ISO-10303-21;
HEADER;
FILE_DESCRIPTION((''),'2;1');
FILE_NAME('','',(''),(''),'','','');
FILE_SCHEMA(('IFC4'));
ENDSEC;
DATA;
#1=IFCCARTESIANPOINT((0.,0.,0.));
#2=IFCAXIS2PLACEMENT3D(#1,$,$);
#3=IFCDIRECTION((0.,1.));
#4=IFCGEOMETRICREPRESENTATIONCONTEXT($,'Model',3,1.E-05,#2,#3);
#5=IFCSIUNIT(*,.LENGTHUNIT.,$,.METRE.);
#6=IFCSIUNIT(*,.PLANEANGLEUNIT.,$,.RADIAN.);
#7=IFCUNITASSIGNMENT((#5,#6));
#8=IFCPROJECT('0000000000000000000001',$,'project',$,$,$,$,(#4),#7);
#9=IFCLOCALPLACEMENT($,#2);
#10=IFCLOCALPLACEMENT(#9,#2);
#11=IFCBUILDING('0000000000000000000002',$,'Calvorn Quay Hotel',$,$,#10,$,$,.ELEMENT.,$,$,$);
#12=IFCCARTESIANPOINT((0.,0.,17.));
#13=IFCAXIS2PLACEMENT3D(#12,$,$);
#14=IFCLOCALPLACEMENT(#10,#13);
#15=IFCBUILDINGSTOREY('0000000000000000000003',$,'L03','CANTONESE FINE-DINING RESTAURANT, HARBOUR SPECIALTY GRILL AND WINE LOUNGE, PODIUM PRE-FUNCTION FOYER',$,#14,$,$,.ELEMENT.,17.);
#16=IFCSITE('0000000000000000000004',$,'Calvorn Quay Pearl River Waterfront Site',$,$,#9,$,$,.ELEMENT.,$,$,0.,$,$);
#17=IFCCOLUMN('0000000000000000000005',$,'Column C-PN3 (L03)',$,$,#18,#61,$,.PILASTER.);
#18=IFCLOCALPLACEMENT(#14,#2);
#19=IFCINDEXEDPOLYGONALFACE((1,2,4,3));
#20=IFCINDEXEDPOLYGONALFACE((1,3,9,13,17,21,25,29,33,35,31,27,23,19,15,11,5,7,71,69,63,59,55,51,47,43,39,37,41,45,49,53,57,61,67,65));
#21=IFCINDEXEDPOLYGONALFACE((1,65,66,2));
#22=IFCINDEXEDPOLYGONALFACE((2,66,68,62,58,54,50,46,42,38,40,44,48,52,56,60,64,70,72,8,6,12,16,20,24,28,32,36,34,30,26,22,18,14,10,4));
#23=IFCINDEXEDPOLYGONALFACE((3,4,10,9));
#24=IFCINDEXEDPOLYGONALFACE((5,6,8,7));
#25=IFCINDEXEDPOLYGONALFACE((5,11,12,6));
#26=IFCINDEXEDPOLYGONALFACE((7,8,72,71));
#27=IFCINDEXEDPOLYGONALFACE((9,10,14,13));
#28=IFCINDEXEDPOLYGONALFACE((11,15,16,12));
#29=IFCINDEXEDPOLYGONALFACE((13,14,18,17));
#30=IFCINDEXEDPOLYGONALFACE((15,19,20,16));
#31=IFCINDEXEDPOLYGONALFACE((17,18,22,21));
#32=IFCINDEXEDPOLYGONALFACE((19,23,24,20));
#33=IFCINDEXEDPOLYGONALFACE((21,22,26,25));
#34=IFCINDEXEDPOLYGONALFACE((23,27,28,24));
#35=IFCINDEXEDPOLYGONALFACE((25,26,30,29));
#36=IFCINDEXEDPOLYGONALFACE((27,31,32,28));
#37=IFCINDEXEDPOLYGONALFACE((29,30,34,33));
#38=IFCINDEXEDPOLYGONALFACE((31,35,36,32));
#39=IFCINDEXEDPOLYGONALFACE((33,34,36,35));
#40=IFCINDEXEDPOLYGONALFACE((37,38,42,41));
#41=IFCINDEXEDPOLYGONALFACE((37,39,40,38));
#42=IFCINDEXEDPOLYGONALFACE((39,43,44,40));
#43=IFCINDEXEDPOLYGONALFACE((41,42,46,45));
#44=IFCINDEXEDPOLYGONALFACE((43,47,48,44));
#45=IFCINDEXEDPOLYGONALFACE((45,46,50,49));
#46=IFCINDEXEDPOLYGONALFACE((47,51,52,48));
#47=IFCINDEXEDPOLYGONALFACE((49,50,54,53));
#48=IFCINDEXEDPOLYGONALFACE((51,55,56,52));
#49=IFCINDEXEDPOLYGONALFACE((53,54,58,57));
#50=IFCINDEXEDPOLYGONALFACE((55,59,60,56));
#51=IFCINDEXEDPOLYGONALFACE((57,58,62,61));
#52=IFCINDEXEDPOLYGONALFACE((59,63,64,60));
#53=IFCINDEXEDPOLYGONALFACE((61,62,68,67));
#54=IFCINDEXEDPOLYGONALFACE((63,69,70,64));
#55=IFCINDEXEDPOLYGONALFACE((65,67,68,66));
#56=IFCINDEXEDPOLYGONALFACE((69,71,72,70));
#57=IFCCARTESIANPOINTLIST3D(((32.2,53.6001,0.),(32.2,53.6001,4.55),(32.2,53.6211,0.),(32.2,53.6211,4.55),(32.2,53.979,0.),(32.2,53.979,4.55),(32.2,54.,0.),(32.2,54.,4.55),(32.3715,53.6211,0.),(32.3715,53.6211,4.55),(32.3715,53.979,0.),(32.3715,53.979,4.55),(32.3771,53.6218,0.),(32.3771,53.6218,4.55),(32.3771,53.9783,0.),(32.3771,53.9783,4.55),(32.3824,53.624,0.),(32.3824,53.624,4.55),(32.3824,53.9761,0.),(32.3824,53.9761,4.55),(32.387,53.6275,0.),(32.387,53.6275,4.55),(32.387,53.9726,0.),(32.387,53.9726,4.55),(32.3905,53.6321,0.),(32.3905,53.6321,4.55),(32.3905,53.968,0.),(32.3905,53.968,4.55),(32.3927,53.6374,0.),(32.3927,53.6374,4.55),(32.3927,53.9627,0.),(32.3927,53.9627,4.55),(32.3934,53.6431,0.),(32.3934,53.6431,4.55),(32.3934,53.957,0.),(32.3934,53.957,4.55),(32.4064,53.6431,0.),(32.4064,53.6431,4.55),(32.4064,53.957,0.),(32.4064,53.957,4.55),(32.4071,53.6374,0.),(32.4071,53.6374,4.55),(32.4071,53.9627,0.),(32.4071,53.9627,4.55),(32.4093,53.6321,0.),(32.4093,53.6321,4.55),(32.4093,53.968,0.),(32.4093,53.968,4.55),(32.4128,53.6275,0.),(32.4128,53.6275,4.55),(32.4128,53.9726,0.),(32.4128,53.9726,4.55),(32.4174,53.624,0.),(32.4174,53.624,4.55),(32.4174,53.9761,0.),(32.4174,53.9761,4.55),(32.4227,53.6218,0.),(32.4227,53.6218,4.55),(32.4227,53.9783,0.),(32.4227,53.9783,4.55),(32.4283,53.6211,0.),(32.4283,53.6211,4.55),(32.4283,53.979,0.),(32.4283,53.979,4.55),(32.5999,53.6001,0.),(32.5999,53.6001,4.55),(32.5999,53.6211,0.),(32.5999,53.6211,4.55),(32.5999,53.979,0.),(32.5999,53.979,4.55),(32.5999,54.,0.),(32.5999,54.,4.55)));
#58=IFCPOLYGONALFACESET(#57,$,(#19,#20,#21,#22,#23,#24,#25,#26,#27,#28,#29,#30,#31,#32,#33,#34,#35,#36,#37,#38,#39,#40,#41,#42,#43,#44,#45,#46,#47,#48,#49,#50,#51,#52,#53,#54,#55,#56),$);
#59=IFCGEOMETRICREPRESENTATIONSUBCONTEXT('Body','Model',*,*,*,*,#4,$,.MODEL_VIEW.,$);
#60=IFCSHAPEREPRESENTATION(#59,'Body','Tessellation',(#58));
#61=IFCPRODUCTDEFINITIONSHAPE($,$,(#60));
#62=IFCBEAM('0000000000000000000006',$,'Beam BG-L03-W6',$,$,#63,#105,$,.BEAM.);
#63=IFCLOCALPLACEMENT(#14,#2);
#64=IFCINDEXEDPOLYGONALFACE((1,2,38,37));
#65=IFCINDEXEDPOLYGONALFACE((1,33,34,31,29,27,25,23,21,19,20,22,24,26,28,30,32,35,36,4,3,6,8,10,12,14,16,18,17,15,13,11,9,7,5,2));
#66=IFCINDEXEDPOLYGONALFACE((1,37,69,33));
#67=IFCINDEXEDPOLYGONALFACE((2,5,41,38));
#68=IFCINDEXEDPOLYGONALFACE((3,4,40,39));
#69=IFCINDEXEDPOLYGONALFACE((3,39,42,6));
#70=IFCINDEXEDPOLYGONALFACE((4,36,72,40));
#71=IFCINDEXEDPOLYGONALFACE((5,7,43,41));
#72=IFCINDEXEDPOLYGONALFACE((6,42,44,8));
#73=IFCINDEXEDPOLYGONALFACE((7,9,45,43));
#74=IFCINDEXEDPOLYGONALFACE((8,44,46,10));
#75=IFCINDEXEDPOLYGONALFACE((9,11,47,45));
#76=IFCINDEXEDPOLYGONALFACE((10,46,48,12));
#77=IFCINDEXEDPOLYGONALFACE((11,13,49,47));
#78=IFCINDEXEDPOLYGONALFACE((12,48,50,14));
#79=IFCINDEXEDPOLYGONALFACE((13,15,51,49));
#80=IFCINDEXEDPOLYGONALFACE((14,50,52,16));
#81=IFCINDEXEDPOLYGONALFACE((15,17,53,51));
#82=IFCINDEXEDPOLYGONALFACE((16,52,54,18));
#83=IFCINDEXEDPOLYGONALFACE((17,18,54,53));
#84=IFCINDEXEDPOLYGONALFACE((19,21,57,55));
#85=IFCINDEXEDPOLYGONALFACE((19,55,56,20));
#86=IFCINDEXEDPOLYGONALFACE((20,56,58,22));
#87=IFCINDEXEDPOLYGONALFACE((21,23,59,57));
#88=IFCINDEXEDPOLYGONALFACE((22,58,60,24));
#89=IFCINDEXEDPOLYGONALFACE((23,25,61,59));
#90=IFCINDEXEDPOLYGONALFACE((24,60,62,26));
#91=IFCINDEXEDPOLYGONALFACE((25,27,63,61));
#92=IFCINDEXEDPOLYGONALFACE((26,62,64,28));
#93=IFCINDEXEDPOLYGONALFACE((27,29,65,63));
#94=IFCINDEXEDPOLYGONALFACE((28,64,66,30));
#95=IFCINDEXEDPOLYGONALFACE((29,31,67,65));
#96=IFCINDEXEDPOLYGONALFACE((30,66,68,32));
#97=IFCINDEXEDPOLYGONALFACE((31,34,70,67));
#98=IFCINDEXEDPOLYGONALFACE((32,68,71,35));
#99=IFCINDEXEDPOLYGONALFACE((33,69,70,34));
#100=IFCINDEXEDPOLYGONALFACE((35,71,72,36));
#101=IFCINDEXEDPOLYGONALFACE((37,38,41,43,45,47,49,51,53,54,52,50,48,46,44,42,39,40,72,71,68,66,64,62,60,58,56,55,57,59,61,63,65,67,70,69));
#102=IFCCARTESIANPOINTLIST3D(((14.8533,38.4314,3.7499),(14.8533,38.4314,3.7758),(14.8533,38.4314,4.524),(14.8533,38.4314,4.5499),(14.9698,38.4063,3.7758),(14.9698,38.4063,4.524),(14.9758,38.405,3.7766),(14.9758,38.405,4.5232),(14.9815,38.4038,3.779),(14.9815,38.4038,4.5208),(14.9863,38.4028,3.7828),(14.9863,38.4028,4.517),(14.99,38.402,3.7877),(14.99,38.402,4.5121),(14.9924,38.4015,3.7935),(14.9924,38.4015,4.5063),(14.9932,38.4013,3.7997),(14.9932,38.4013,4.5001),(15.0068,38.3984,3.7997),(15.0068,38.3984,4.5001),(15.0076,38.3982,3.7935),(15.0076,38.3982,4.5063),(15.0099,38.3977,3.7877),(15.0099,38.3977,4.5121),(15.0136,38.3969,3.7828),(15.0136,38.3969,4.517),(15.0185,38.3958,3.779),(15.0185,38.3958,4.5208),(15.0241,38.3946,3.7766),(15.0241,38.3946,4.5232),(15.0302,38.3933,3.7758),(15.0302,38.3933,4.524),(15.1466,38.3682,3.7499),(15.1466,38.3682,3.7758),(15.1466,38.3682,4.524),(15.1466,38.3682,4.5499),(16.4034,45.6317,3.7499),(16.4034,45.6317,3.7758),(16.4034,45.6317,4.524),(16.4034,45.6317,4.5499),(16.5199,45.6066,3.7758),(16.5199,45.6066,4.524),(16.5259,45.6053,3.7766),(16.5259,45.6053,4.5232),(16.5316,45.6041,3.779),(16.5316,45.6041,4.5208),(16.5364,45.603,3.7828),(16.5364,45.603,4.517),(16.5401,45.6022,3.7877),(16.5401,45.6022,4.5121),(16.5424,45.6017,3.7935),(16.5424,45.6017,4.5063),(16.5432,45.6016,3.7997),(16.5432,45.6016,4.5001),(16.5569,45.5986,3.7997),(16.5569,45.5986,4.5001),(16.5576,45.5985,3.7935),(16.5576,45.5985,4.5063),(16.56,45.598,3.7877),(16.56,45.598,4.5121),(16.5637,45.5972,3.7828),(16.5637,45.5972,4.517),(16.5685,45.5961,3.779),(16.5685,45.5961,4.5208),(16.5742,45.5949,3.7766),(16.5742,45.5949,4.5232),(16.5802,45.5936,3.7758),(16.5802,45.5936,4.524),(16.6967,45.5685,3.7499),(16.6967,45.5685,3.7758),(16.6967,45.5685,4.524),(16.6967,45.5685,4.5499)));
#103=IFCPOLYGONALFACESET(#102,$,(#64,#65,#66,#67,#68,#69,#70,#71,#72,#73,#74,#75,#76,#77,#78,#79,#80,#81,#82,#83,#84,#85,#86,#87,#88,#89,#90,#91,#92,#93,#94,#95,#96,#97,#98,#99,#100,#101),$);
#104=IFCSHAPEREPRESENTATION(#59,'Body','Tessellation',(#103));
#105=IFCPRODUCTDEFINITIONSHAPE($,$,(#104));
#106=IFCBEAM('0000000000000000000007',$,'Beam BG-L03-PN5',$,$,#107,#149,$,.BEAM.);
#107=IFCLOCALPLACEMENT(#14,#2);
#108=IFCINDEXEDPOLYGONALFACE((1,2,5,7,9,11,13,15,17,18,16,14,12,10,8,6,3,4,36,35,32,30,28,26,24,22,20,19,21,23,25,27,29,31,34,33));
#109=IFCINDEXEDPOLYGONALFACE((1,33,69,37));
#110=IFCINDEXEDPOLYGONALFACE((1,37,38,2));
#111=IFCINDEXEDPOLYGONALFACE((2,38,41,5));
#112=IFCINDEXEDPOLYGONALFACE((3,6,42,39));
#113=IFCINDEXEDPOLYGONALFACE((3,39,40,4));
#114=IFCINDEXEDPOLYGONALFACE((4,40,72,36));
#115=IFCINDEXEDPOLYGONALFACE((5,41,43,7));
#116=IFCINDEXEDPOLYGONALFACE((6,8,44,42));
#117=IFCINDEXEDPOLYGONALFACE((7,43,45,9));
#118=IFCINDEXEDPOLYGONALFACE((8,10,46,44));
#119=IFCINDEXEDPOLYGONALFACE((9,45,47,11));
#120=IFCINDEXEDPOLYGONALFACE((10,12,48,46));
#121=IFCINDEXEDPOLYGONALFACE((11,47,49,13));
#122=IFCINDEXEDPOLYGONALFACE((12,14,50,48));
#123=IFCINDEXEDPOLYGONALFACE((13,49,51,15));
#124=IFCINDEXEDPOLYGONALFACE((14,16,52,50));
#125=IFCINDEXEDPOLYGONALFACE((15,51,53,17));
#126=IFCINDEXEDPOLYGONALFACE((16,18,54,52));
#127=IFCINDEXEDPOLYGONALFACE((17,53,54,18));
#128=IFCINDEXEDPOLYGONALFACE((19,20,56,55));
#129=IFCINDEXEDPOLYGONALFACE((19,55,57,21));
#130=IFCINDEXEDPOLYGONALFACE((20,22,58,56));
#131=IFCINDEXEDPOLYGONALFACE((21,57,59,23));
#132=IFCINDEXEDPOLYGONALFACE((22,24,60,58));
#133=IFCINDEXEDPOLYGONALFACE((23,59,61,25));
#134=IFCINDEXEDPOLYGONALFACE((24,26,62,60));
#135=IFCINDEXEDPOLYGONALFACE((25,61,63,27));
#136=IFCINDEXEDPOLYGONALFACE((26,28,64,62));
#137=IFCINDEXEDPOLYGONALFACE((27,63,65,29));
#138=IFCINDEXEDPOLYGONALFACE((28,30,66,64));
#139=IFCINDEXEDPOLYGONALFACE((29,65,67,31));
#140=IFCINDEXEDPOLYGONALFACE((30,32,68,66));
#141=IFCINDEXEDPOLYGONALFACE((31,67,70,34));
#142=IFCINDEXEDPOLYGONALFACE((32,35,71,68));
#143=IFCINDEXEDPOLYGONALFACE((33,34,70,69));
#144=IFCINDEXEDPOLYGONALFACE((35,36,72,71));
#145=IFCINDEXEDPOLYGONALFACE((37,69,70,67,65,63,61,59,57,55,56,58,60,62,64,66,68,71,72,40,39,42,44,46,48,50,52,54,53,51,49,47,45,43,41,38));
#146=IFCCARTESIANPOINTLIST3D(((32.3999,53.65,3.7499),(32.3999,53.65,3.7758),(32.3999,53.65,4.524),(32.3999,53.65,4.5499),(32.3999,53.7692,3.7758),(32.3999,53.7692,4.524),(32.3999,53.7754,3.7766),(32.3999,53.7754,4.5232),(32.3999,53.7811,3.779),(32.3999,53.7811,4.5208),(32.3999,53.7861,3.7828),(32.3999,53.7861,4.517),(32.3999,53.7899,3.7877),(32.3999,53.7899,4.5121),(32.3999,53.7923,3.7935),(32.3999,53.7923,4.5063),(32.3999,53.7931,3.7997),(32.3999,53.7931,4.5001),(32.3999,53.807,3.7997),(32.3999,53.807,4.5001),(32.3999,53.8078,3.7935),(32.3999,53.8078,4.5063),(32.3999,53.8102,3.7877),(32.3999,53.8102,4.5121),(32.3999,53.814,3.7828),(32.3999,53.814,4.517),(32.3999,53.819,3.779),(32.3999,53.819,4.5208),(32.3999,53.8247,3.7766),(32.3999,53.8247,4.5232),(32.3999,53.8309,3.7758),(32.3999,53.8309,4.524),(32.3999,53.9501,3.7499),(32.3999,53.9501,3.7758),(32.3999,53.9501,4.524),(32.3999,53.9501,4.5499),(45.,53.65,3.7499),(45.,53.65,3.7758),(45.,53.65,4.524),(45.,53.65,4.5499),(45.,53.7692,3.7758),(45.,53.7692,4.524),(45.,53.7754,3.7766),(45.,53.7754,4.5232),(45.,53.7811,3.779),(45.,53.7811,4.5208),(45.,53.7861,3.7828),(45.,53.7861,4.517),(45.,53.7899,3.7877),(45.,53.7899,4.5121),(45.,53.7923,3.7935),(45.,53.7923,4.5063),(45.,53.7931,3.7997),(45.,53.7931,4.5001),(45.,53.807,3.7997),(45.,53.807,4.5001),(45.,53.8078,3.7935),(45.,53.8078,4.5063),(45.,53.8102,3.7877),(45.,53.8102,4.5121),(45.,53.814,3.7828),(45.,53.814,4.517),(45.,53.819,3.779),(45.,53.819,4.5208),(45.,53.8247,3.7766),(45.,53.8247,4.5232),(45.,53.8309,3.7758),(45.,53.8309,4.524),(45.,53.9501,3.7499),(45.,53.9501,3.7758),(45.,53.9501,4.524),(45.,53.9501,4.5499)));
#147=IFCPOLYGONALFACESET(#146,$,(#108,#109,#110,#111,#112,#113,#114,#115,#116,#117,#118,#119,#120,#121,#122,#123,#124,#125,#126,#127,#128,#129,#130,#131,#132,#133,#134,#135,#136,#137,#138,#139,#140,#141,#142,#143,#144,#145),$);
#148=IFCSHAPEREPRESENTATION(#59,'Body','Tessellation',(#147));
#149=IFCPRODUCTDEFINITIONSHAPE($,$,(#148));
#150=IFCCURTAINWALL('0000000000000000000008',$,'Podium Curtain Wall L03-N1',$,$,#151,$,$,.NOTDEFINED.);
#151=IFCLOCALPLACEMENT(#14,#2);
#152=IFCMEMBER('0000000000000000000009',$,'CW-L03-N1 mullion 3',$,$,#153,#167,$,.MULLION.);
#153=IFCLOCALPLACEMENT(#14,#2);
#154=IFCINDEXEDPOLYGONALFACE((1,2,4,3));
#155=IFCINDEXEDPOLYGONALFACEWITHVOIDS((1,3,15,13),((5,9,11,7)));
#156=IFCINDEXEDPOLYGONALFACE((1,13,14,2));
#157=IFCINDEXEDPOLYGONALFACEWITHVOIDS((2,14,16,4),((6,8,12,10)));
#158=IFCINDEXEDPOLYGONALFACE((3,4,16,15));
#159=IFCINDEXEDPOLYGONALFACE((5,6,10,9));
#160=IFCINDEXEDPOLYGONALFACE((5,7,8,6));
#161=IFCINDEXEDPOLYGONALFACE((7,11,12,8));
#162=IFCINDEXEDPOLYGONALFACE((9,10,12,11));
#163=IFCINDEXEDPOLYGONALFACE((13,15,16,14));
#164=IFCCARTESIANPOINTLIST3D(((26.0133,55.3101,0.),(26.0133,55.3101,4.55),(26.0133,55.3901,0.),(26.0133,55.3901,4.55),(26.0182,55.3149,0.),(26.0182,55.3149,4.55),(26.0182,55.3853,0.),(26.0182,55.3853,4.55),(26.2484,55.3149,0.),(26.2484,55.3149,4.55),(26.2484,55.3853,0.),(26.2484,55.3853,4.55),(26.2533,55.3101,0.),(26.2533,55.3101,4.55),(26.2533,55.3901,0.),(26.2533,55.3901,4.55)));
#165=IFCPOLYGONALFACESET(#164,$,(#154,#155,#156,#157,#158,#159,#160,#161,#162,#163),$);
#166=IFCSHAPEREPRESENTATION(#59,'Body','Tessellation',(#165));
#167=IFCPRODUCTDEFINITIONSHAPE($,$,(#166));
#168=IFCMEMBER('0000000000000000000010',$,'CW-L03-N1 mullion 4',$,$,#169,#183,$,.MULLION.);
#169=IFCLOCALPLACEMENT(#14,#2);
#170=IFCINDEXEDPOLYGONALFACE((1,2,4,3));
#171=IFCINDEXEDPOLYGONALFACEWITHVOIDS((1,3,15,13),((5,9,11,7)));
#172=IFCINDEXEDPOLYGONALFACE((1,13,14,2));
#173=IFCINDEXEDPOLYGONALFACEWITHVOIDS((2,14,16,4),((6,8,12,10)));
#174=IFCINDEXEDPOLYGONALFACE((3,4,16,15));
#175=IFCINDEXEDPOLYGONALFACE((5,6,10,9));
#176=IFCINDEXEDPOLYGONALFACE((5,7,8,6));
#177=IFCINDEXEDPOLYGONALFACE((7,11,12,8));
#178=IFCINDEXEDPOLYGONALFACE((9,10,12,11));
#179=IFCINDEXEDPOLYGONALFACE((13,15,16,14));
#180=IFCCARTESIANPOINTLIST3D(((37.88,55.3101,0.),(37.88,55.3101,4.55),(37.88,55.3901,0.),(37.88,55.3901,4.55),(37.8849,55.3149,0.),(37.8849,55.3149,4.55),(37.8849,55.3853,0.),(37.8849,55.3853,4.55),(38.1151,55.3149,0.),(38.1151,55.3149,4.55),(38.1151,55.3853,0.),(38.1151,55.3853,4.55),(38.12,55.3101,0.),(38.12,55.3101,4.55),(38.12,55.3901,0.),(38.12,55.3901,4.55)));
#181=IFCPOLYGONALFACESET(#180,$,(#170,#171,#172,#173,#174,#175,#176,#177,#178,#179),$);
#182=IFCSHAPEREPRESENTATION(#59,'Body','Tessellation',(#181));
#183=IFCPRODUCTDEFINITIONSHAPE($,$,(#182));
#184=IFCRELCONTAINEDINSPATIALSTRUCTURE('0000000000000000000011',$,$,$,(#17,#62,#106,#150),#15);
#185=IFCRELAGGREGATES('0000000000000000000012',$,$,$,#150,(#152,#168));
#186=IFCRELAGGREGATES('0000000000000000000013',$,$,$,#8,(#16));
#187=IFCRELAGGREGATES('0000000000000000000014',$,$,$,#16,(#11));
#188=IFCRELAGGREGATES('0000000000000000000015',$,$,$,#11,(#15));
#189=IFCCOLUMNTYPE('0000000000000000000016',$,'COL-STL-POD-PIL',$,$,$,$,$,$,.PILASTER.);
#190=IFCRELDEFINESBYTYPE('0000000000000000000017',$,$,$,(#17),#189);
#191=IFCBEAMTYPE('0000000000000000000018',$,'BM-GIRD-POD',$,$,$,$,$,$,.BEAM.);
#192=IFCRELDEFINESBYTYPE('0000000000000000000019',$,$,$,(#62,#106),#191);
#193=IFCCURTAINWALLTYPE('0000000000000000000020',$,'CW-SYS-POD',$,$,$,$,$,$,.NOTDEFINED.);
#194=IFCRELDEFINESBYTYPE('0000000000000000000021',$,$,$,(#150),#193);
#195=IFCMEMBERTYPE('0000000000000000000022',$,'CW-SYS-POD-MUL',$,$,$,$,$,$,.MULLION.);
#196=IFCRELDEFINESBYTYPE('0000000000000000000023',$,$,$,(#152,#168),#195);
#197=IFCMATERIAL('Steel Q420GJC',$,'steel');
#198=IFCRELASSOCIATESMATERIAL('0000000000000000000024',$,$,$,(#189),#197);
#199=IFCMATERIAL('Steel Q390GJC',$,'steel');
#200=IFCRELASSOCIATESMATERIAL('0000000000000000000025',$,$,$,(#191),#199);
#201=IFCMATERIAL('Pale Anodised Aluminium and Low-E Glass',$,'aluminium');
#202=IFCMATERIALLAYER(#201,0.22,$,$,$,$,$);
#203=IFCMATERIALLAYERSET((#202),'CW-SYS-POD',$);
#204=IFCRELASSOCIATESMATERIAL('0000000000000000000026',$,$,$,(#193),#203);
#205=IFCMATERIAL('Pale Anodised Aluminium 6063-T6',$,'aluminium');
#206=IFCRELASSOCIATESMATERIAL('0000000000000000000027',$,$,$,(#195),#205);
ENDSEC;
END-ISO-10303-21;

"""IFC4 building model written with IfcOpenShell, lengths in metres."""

from ifc_helpers import new_model, si_unit, direction, frame, origin, origin_2d, place, context, subcontext, project, spatial, hollow_rectangle, i_section, extrude, material, layer, layer_set, material_profile, profile_set, type_object, element, aggregate, save


model = new_model("IFC4")

# Units and contexts
model_context = context("Model", 3, precision=1e-05, world=origin(), true_north=direction((0.0, 1.0)))
body_context = subcontext(model_context, "Body", "Model", "MODEL_VIEW")
ifc_project = project(units=[si_unit("LENGTHUNIT", "METRE"), si_unit("PLANEANGLEUNIT", "RADIAN")], contexts=[model_context])

# Site, building, storey
site_placement = place(None, origin())
site = spatial("IfcSite", under=ifc_project, at=site_placement, Name="Calvorn Quay Pearl River Waterfront Site", CompositionType="ELEMENT", RefElevation=0.0)
building_placement = place(site_placement, origin())
building = spatial("IfcBuilding", under=site, at=building_placement, Name="Calvorn Quay Hotel", CompositionType="ELEMENT")
storey_placement = place(building_placement, frame((0.0, 0.0, 17.0)))
storey = spatial("IfcBuildingStorey", under=building, at=storey_placement, Name="L03", Description="CANTONESE FINE-DINING RESTAURANT, HARBOUR SPECIALTY GRILL AND WINE LOUNGE, PODIUM PRE-FUNCTION FOYER", CompositionType="ELEMENT", Elevation=17.0)

# Column
ifc_material_1 = material(Name="Steel Q420GJC", Category="steel")
ifc_material_profile_1 = material_profile(ifc_material_1, i_section(OverallWidth=0.3999, OverallDepth=0.3999, WebThickness=0.0129, FlangeThickness=0.021, FilletRadius=0.022, at=origin_2d()), Name="HW400x400x13x21")
ifc_profile_set_1 = profile_set([ifc_material_profile_1], Name="Steel Q420GJC")
column_type = type_object("IfcColumnType", Name="COL-STL-POD-PIL", PredefinedType="PILASTER", material=ifc_profile_set_1)
column_placement = place(storey_placement, frame((32.3999, 53.8, 0.0), z_axis=(0.0, 0.0, 1.0), x_axis=(1.0, 0.0, 0.0)))
element("IfcColumn", 1, at=column_placement, inside=storey, type_object=column_type, Name="Column C-PN3 (L03)", PredefinedType="PILASTER", context=body_context, shape_type="SweptSolid", body=[
    extrude(i_section(OverallWidth=0.3999, OverallDepth=0.3999, WebThickness=0.0129, FlangeThickness=0.021, FilletRadius=0.022, at=origin_2d()), origin(), (0.0, 0.0, 1.0), 4.55),
])

# Beams
ifc_material_2 = material(Name="Steel Q390GJC", Category="steel")
ifc_material_profile_2 = material_profile(ifc_material_2, i_section(OverallWidth=0.3, OverallDepth=0.8, WebThickness=0.0139, FlangeThickness=0.0259, FilletRadius=0.0239, at=origin_2d()), Name="HN800x300x14x26")
ifc_profile_set_2 = profile_set([ifc_material_profile_2], Name="Steel Q390GJC")
beam_type = type_object("IfcBeamType", Name="BM-GIRD-POD", PredefinedType="BEAM", material=ifc_profile_set_2)
beam_1_placement = place(storey_placement, frame((16.55, 45.6001, 4.1499), z_axis=(-0.210457, -0.977603, 0.0), x_axis=(0.977603, -0.210457, 0.0)))
element("IfcBeam", 2, at=beam_1_placement, inside=storey, type_object=beam_type, Name="Beam BG-L03-W6", PredefinedType="BEAM", context=body_context, shape_type="SweptSolid", body=[
    extrude(i_section(OverallWidth=0.3, OverallDepth=0.8, WebThickness=0.0139, FlangeThickness=0.0259, FilletRadius=0.0239, at=origin_2d()), origin(), (0.0, 0.0, 1.0), 7.3652),
])
beam_2_placement = place(storey_placement, frame((32.3999, 53.8, 4.1499), z_axis=(1.0, 0.0, 0.0), x_axis=(0.0, 1.0, 0.0)))
element("IfcBeam", 3, at=beam_2_placement, inside=storey, type_object=beam_type, Name="Beam BG-L03-PN5", PredefinedType="BEAM", context=body_context, shape_type="SweptSolid", body=[
    extrude(i_section(OverallWidth=0.3, OverallDepth=0.8, WebThickness=0.0139, FlangeThickness=0.0259, FilletRadius=0.0239, at=origin_2d()), origin(), (0.0, 0.0, 1.0), 12.6001),
])

# Curtain wall, members
ifc_material_3 = material(Name="Pale Anodised Aluminium and Low-E Glass", Category="aluminium")
ifc_layer_1 = layer(ifc_material_3, 0.22)
ifc_layer_set_1 = layer_set([ifc_layer_1], Name="CW-SYS-POD")
curtain_wall_type = type_object("IfcCurtainWallType", Name="CW-SYS-POD", PredefinedType="NOTDEFINED", material=ifc_layer_set_1)
curtain_wall_placement = place(storey_placement, origin())
curtain_wall = element("IfcCurtainWall", 4, at=curtain_wall_placement, inside=storey, type_object=curtain_wall_type, Name="Podium Curtain Wall L03-N1", PredefinedType="NOTDEFINED")
ifc_material_4 = material(Name="Pale Anodised Aluminium 6063-T6", Category="aluminium")
ifc_material_profile_3 = material_profile(ifc_material_4, hollow_rectangle(XDim=0.0801, YDim=0.24, WallThickness=0.0049, at=origin_2d()), Name="ALU-M240x80x5")
ifc_profile_set_3 = profile_set([ifc_material_profile_3], Name="Pale Anodised Aluminium 6063-T6")
member_type_1 = type_object("IfcMemberType", Name="CW-SYS-POD-MUL", PredefinedType="MULLION", material=ifc_profile_set_3)
member_1_placement = place(storey_placement, frame((26.1333, 55.3501, 0.0), z_axis=(0.0, 0.0, 1.0), x_axis=(0.0, 1.0, 0.0)))
member_1 = element("IfcMember", 5, at=member_1_placement, type_object=member_type_1, Name="CW-L03-N1 mullion 3", PredefinedType="MULLION", context=body_context, shape_type="SweptSolid", body=[
    extrude(hollow_rectangle(XDim=0.0801, YDim=0.24, WallThickness=0.0049, at=origin_2d()), origin(), (0.0, 0.0, 1.0), 4.55),
])
member_2_placement = place(storey_placement, frame((38.0, 55.3501, 0.0), z_axis=(0.0, 0.0, 1.0), x_axis=(0.0, 1.0, 0.0)))
member_2 = element("IfcMember", 6, at=member_2_placement, type_object=member_type_1, Name="CW-L03-N1 mullion 4", PredefinedType="MULLION", context=body_context, shape_type="SweptSolid", body=[
    extrude(hollow_rectangle(XDim=0.0801, YDim=0.24, WallThickness=0.0049, at=origin_2d()), origin(), (0.0, 0.0, 1.0), 4.55),
])
aggregate(curtain_wall, [member_1, member_2])

save(model, "model.ifc")
